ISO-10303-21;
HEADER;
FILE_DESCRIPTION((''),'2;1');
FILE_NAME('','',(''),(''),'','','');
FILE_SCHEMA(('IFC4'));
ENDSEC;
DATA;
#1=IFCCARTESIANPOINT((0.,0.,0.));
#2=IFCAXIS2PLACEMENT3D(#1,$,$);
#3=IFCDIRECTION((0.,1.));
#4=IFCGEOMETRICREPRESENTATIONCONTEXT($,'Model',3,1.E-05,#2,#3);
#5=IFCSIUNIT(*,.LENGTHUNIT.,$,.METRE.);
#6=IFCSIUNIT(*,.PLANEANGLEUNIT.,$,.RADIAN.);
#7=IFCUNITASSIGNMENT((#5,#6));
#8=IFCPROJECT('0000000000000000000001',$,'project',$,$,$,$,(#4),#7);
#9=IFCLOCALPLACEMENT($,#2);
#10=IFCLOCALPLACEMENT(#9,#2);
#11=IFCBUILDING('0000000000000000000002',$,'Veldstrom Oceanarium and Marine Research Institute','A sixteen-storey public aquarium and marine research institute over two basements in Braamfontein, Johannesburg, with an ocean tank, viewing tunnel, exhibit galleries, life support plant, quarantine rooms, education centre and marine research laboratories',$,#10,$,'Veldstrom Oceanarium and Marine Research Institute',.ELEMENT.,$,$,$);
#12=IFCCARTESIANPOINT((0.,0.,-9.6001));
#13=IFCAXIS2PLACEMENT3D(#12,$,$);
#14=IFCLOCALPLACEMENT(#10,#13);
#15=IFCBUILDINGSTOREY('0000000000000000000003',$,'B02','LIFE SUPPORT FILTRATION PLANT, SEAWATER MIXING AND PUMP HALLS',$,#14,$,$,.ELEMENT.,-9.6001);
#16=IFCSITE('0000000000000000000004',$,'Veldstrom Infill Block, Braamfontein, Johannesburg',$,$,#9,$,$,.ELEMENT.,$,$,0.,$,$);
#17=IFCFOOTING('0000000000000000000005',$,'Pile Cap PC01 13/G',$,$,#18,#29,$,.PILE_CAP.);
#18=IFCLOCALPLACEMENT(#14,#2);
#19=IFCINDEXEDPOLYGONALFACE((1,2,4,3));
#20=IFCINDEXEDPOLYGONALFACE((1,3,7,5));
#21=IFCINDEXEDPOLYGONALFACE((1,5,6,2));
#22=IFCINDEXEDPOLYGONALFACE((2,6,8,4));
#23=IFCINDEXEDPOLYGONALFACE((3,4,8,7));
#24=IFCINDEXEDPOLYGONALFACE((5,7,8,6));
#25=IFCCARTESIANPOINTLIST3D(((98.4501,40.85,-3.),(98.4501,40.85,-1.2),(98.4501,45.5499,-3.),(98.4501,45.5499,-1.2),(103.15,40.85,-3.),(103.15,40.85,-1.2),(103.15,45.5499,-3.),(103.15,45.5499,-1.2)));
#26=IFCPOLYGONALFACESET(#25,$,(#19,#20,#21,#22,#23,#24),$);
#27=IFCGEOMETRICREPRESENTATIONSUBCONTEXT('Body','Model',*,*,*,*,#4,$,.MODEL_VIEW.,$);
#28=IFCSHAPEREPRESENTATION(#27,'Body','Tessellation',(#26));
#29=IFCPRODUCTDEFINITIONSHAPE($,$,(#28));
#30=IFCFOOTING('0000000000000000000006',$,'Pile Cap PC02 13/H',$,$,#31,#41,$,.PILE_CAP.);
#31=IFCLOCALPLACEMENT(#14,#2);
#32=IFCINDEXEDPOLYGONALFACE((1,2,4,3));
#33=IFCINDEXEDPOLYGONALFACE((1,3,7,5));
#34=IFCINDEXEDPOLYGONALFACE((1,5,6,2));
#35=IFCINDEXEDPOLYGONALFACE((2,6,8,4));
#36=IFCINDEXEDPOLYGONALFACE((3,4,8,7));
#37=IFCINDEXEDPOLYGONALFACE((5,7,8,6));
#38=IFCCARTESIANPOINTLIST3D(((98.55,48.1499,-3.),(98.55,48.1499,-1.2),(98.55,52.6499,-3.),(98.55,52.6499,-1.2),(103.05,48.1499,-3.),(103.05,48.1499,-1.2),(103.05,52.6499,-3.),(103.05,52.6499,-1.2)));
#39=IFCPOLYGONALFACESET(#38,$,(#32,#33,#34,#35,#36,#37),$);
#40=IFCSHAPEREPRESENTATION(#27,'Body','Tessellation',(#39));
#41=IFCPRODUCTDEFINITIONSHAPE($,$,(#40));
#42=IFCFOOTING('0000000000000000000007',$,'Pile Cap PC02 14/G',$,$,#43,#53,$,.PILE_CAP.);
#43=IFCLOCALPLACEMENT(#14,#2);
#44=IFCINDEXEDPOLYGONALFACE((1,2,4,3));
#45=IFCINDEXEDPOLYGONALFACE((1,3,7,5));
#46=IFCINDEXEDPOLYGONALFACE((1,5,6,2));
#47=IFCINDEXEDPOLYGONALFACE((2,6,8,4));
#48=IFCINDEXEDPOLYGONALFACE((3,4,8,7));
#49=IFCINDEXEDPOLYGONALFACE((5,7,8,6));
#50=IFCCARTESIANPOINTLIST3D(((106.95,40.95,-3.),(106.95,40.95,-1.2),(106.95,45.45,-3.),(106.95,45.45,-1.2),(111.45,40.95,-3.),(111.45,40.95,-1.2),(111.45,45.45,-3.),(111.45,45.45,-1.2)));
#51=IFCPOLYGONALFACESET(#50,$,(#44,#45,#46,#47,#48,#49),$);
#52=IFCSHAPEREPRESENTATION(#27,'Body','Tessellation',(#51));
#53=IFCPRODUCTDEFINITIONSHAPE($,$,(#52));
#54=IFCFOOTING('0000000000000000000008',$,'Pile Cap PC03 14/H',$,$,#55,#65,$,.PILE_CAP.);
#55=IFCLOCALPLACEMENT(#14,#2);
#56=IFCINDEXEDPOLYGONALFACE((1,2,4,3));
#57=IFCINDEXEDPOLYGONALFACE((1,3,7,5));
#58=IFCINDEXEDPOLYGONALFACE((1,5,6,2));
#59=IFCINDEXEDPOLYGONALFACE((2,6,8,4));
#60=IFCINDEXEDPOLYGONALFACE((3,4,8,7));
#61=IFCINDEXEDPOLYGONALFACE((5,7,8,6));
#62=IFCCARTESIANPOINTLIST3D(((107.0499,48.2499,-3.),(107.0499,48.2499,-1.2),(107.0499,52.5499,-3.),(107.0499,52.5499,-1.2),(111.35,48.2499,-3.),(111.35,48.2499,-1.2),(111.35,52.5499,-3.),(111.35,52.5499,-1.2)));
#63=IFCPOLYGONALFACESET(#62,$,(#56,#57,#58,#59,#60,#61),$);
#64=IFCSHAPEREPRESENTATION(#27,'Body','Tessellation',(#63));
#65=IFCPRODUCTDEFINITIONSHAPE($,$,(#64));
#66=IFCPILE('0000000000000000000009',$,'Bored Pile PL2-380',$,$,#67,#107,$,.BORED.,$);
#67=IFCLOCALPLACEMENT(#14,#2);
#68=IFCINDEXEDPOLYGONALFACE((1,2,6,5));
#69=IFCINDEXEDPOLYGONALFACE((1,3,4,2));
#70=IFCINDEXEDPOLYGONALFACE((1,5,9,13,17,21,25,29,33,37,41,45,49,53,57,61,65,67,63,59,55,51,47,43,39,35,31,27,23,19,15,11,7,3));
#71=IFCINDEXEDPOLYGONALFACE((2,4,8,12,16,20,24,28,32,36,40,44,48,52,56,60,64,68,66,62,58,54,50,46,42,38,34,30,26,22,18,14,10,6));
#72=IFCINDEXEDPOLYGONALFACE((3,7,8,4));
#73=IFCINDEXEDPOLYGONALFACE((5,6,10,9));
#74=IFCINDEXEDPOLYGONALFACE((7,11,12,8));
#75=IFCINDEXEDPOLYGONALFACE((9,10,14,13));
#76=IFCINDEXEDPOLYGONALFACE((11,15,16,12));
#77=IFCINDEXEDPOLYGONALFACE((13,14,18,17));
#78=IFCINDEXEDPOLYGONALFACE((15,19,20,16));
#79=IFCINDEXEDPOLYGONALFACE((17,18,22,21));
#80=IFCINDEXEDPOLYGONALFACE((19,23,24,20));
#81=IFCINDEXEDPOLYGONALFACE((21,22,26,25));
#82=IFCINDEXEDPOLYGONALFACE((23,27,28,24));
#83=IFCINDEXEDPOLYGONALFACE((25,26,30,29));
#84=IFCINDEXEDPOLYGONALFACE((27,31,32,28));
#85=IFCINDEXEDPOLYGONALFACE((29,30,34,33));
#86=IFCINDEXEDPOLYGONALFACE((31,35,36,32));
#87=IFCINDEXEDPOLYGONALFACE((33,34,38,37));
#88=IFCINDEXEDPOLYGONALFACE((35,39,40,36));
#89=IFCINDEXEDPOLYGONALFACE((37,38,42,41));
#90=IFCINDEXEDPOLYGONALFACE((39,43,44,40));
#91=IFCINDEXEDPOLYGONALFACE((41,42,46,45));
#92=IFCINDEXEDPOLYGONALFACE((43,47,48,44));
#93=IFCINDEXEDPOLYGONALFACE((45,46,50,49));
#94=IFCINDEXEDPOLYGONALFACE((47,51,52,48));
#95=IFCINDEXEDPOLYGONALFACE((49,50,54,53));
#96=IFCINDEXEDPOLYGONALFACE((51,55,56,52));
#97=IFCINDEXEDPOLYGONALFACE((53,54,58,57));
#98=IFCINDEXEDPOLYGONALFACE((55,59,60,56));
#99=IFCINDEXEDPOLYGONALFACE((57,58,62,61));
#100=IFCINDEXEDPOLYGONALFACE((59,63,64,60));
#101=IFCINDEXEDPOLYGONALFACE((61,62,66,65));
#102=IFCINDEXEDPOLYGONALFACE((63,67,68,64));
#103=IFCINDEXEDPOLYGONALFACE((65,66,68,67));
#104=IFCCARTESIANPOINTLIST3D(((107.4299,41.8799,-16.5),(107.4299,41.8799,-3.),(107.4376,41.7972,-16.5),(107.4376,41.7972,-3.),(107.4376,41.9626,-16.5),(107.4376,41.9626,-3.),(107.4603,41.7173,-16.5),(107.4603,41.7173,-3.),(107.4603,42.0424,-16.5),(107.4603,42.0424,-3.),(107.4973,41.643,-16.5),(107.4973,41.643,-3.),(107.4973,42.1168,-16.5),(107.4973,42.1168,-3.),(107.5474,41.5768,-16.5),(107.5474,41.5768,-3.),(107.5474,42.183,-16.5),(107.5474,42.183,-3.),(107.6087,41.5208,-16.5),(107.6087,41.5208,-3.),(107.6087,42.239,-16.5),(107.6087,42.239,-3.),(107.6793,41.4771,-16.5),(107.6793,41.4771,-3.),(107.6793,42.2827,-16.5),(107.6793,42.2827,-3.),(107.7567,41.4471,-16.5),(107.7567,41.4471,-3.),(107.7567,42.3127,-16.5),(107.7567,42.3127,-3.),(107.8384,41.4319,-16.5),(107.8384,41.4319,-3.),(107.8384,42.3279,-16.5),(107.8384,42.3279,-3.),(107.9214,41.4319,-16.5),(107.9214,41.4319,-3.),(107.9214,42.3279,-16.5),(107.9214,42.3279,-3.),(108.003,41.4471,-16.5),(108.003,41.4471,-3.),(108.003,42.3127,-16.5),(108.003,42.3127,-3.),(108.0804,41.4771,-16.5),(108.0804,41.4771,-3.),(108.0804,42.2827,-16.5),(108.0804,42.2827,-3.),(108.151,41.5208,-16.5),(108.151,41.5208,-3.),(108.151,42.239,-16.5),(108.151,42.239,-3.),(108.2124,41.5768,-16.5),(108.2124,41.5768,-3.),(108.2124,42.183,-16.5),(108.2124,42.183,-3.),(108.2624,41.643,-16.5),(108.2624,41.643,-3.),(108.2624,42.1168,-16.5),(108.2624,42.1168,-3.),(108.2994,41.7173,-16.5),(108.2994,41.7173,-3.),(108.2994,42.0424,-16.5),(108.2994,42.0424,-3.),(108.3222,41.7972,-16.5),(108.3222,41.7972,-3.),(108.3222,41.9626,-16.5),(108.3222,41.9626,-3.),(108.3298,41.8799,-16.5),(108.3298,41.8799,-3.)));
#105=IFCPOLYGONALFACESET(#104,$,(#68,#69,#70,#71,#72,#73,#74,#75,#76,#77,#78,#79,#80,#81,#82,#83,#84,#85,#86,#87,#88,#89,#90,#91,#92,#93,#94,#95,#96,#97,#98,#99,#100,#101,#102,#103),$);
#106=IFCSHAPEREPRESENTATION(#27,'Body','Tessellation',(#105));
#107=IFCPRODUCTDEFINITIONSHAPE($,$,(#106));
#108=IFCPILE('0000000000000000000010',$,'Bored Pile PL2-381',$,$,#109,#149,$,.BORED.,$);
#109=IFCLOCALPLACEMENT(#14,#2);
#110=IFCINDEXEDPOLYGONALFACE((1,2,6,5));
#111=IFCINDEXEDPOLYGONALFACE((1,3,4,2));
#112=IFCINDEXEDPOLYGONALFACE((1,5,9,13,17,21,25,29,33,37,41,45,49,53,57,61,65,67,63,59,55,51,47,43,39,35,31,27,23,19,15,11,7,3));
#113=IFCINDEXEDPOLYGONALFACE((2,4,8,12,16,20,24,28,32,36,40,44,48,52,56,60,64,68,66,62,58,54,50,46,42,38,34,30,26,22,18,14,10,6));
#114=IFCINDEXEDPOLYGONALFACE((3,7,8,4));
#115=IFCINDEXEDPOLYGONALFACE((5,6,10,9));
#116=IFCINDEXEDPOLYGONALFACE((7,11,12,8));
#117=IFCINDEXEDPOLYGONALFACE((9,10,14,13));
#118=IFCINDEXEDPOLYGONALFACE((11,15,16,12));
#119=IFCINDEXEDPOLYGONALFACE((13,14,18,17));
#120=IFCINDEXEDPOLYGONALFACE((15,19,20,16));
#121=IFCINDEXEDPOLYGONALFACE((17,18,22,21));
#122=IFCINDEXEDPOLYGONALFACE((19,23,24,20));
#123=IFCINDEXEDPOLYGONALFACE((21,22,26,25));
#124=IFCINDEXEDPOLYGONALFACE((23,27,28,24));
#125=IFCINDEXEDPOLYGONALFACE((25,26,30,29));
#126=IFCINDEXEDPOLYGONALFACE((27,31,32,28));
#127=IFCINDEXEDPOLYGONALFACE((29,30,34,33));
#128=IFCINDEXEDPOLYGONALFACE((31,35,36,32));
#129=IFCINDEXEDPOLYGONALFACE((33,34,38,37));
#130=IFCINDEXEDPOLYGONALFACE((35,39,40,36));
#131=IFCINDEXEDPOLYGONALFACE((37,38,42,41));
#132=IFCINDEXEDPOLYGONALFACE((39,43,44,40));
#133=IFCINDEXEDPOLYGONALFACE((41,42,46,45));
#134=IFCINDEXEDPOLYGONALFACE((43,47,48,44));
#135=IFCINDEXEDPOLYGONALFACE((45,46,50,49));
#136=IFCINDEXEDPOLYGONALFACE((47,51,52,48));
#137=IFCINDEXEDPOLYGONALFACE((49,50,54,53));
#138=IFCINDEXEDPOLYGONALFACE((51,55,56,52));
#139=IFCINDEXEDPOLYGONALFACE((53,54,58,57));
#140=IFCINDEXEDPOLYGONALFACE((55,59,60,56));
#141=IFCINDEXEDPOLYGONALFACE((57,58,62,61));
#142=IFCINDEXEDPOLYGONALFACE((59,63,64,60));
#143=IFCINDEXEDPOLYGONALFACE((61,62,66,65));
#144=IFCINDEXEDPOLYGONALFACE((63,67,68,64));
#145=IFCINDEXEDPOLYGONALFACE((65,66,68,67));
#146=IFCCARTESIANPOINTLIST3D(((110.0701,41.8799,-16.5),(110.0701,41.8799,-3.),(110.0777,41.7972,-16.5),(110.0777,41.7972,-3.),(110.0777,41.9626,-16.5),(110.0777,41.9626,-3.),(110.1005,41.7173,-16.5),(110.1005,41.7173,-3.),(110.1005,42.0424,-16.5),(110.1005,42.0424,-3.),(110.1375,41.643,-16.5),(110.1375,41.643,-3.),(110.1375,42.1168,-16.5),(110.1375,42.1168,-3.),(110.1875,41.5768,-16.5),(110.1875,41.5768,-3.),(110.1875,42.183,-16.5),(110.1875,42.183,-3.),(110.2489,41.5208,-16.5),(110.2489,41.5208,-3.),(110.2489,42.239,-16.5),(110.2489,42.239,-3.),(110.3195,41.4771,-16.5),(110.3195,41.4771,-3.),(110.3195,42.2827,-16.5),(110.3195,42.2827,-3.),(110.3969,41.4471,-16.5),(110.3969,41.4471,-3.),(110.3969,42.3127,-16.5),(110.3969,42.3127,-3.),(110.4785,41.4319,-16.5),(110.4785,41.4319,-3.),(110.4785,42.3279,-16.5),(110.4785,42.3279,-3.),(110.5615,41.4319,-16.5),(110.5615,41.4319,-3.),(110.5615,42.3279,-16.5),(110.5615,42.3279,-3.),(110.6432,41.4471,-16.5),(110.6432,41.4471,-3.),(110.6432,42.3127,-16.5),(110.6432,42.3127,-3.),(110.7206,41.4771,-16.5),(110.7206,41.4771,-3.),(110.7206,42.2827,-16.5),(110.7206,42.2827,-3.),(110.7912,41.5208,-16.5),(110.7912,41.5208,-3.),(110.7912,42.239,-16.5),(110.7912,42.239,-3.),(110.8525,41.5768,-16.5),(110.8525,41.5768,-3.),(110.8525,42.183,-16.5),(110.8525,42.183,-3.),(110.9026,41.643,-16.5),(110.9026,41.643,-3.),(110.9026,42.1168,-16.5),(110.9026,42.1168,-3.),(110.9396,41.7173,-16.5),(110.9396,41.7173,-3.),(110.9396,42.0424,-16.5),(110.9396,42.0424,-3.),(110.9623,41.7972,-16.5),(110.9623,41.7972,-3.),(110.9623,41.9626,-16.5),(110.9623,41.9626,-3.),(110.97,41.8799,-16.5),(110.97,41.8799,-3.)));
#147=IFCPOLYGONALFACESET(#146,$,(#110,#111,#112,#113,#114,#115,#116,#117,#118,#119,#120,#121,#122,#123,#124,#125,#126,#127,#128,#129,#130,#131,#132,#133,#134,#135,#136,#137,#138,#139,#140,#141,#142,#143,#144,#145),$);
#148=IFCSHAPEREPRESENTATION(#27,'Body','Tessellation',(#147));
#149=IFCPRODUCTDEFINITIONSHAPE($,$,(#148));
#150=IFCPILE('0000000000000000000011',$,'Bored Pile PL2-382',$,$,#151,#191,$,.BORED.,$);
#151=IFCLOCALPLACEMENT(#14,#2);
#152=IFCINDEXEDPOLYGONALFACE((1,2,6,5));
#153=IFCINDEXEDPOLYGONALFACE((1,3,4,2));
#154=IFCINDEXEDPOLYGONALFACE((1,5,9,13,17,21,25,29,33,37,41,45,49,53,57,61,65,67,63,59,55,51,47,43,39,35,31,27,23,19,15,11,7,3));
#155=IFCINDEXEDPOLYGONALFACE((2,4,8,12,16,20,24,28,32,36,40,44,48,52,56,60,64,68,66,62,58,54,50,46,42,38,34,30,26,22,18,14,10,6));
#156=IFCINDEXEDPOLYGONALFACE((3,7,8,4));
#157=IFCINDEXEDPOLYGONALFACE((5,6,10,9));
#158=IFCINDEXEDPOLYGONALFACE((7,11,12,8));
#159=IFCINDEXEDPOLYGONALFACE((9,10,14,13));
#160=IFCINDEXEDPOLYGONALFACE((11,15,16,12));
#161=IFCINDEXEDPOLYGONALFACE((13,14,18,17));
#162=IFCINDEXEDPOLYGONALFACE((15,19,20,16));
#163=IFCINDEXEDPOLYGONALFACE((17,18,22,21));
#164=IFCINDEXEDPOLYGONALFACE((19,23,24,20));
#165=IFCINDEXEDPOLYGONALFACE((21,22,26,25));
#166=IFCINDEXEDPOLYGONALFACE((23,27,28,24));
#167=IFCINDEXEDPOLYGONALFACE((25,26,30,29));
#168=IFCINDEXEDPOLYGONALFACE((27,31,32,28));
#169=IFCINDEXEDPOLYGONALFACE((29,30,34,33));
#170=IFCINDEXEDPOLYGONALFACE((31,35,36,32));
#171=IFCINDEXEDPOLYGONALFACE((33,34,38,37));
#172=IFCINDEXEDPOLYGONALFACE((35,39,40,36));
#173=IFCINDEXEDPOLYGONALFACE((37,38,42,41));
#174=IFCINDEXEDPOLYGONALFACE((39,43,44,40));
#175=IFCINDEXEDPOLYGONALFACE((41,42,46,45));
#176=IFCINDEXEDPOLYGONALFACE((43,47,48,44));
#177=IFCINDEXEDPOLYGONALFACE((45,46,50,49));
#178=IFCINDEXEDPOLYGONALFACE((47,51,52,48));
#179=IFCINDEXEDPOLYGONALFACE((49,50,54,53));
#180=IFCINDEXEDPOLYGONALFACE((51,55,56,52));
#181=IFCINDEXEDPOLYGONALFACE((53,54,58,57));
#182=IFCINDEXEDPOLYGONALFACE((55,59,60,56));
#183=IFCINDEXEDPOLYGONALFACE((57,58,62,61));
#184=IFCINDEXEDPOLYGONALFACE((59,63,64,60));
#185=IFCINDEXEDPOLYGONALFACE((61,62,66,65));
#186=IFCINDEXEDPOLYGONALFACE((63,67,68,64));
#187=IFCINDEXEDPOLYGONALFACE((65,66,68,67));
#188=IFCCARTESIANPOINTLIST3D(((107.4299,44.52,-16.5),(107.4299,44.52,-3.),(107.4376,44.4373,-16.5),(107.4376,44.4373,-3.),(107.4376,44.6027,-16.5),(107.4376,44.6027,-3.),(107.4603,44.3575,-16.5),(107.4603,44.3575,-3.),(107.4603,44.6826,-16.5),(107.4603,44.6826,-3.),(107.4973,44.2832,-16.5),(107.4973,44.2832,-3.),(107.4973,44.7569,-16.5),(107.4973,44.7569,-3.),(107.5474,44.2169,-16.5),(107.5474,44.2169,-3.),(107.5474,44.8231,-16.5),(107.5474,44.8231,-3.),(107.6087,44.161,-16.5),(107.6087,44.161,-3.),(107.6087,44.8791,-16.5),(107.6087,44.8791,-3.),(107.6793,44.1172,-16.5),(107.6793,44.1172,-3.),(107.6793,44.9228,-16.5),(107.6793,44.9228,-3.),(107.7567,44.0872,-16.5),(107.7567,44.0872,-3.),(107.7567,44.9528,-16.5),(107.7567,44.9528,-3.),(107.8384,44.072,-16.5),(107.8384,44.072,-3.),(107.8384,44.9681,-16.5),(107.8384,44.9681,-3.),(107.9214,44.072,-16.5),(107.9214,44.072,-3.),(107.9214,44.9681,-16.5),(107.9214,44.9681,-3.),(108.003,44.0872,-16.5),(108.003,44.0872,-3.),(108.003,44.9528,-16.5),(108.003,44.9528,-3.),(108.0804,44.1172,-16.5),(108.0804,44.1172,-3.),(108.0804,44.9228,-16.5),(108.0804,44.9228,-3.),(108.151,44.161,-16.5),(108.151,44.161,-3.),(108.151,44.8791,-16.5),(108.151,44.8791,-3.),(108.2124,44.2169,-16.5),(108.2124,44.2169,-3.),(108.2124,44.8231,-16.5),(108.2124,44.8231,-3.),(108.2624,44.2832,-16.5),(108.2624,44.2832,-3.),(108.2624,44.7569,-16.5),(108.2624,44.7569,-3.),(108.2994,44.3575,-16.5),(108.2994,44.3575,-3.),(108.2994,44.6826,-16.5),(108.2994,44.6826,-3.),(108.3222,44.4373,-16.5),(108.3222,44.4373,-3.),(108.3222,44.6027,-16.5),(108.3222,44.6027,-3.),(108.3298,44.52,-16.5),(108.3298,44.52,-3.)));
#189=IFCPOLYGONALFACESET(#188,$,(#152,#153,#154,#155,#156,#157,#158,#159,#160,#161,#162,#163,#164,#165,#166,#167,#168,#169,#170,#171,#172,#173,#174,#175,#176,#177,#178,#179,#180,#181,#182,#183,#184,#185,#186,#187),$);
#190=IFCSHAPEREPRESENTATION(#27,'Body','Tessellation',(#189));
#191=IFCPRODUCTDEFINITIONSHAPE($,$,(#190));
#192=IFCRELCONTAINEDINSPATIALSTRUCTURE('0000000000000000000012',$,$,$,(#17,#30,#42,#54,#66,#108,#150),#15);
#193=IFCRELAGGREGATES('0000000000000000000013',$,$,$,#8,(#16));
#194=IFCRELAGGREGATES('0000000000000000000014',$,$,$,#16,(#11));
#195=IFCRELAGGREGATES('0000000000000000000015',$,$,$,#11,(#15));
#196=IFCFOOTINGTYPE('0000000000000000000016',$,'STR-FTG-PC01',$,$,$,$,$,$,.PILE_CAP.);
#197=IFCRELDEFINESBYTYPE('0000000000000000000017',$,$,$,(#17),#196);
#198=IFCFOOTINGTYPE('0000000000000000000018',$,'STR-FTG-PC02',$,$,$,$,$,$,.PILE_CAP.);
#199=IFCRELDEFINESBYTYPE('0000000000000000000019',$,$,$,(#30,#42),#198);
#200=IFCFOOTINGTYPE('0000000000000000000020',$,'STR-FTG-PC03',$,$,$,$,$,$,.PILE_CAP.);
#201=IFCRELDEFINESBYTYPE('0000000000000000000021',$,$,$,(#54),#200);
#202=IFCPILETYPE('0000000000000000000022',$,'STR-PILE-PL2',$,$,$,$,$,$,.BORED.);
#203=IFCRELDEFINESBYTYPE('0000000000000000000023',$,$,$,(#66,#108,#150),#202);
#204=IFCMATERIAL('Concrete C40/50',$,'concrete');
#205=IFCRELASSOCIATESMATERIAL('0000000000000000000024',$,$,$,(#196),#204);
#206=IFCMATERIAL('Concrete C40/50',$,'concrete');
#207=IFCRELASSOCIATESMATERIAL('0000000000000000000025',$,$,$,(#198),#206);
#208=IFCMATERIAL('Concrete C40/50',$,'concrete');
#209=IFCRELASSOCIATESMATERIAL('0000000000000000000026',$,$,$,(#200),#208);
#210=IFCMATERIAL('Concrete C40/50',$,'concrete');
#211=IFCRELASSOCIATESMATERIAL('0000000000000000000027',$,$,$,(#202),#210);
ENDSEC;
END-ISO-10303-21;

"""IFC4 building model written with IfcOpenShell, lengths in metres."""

from ifc_helpers import new_model, si_unit, direction, frame, origin, origin_2d, place, context, subcontext, project, spatial, rectangle, circle, extrude, material, material_profile, profile_set, type_object, element, save


model = new_model("IFC4")

# Units and contexts
model_context = context("Model", 3, precision=1e-05, world=origin(), true_north=direction((0.0, 1.0)))
body_context = subcontext(model_context, "Body", "Model", "MODEL_VIEW")
ifc_project = project(units=[si_unit("LENGTHUNIT", "METRE"), si_unit("PLANEANGLEUNIT", "RADIAN")], contexts=[model_context])

# Site, building, storey
site_placement = place(None, origin())
site = spatial("IfcSite", under=ifc_project, at=site_placement, Name="Veldstrom Infill Block, Braamfontein, Johannesburg", CompositionType="ELEMENT", RefElevation=0.0)
building_placement = place(site_placement, origin())
building = spatial("IfcBuilding", under=site, at=building_placement, Name="Veldstrom Oceanarium and Marine Research Institute", Description="A sixteen-storey public aquarium and marine research institute over two basements in Braamfontein, Johannesburg, with an ocean tank, viewing tunnel, exhibit galleries, life support plant, quarantine rooms, education centre and marine research laboratories", LongName="Veldstrom Oceanarium and Marine Research Institute", CompositionType="ELEMENT")
storey_placement = place(building_placement, frame((0.0, 0.0, -9.6001)))
storey = spatial("IfcBuildingStorey", under=building, at=storey_placement, Name="B02", Description="LIFE SUPPORT FILTRATION PLANT, SEAWATER MIXING AND PUMP HALLS", CompositionType="ELEMENT", Elevation=-9.6001)

# Footings
ifc_material_1 = material(Name="Concrete C40/50", Category="concrete")
footing_type_1 = type_object("IfcFootingType", Name="STR-FTG-PC01", PredefinedType="PILE_CAP", material=ifc_material_1)
footing_1_placement = place(storey_placement, frame((100.8, 43.2, -3.0), z_axis=(0.0, 0.0, 1.0), x_axis=(1.0, 0.0, 0.0)))
element("IfcFooting", 1, at=footing_1_placement, inside=storey, type_object=footing_type_1, Name="Pile Cap PC01 13/G", PredefinedType="PILE_CAP", context=body_context, shape_type="SweptSolid", body=[
    extrude(rectangle(XDim=4.7, YDim=4.7, at=origin_2d()), origin(), (0.0, 0.0, 1.0), 1.8),
])
ifc_material_2 = material(Name="Concrete C40/50", Category="concrete")
footing_type_2 = type_object("IfcFootingType", Name="STR-FTG-PC02", PredefinedType="PILE_CAP", material=ifc_material_2)
for number, where, z_axis, x_axis, name in (
    (2, (100.8, 50.3999, -3.0), (0.0, 0.0, 1.0), (1.0, 0.0, 0.0), "Pile Cap PC02 13/H"),
    (3, (109.2, 43.2, -3.0), (0.0, 0.0, 1.0), (1.0, 0.0, 0.0), "Pile Cap PC02 14/G"),
):
    element("IfcFooting", number, at=place(storey_placement, frame(where, z_axis=z_axis, x_axis=x_axis)), inside=storey, type_object=footing_type_2, Name=name, PredefinedType="PILE_CAP", context=body_context, shape_type="SweptSolid", body=[
        extrude(rectangle(XDim=4.5, YDim=4.5, at=origin_2d()), origin(), (0.0, 0.0, 1.0), 1.8),
    ])
ifc_material_3 = material(Name="Concrete C40/50", Category="concrete")
footing_type_3 = type_object("IfcFootingType", Name="STR-FTG-PC03", PredefinedType="PILE_CAP", material=ifc_material_3)
footing_2_placement = place(storey_placement, frame((109.2, 50.3999, -3.0), z_axis=(0.0, 0.0, 1.0), x_axis=(1.0, 0.0, 0.0)))
element("IfcFooting", 4, at=footing_2_placement, inside=storey, type_object=footing_type_3, Name="Pile Cap PC03 14/H", PredefinedType="PILE_CAP", context=body_context, shape_type="SweptSolid", body=[
    extrude(rectangle(XDim=4.3, YDim=4.3, at=origin_2d()), origin(), (0.0, 0.0, 1.0), 1.8),
])

# Piles
ifc_material_4 = material(Name="Concrete C40/50", Category="concrete")
ifc_material_profile_1 = material_profile(ifc_material_4, circle(Radius=0.45, at=origin_2d()), Name="PILE-D900")
ifc_profile_set_1 = profile_set([ifc_material_profile_1], Name="Concrete C40/50")
pile_type_1 = type_object("IfcPileType", Name="STR-PILE-PL2", PredefinedType="BORED", material=ifc_profile_set_1)
for number, where, z_axis, x_axis, name in (
    (5, (107.8799, 41.8799, -3.0), (0.0, 0.0, -1.0), (1.0, 0.0, 0.0), "Bored Pile PL2-380"),
    (6, (110.52, 41.8799, -3.0), (0.0, 0.0, -1.0), (1.0, 0.0, 0.0), "Bored Pile PL2-381"),
    (7, (107.8799, 44.52, -3.0), (0.0, 0.0, -1.0), (1.0, 0.0, 0.0), "Bored Pile PL2-382"),
):
    element("IfcPile", number, at=place(storey_placement, frame(where, z_axis=z_axis, x_axis=x_axis)), inside=storey, type_object=pile_type_1, Name=name, PredefinedType="BORED", context=body_context, shape_type="SweptSolid", body=[
        extrude(circle(Radius=0.45, at=origin_2d()), origin(), (0.0, 0.0, 1.0), 13.5),
    ])

save(model, "model.ifc")
